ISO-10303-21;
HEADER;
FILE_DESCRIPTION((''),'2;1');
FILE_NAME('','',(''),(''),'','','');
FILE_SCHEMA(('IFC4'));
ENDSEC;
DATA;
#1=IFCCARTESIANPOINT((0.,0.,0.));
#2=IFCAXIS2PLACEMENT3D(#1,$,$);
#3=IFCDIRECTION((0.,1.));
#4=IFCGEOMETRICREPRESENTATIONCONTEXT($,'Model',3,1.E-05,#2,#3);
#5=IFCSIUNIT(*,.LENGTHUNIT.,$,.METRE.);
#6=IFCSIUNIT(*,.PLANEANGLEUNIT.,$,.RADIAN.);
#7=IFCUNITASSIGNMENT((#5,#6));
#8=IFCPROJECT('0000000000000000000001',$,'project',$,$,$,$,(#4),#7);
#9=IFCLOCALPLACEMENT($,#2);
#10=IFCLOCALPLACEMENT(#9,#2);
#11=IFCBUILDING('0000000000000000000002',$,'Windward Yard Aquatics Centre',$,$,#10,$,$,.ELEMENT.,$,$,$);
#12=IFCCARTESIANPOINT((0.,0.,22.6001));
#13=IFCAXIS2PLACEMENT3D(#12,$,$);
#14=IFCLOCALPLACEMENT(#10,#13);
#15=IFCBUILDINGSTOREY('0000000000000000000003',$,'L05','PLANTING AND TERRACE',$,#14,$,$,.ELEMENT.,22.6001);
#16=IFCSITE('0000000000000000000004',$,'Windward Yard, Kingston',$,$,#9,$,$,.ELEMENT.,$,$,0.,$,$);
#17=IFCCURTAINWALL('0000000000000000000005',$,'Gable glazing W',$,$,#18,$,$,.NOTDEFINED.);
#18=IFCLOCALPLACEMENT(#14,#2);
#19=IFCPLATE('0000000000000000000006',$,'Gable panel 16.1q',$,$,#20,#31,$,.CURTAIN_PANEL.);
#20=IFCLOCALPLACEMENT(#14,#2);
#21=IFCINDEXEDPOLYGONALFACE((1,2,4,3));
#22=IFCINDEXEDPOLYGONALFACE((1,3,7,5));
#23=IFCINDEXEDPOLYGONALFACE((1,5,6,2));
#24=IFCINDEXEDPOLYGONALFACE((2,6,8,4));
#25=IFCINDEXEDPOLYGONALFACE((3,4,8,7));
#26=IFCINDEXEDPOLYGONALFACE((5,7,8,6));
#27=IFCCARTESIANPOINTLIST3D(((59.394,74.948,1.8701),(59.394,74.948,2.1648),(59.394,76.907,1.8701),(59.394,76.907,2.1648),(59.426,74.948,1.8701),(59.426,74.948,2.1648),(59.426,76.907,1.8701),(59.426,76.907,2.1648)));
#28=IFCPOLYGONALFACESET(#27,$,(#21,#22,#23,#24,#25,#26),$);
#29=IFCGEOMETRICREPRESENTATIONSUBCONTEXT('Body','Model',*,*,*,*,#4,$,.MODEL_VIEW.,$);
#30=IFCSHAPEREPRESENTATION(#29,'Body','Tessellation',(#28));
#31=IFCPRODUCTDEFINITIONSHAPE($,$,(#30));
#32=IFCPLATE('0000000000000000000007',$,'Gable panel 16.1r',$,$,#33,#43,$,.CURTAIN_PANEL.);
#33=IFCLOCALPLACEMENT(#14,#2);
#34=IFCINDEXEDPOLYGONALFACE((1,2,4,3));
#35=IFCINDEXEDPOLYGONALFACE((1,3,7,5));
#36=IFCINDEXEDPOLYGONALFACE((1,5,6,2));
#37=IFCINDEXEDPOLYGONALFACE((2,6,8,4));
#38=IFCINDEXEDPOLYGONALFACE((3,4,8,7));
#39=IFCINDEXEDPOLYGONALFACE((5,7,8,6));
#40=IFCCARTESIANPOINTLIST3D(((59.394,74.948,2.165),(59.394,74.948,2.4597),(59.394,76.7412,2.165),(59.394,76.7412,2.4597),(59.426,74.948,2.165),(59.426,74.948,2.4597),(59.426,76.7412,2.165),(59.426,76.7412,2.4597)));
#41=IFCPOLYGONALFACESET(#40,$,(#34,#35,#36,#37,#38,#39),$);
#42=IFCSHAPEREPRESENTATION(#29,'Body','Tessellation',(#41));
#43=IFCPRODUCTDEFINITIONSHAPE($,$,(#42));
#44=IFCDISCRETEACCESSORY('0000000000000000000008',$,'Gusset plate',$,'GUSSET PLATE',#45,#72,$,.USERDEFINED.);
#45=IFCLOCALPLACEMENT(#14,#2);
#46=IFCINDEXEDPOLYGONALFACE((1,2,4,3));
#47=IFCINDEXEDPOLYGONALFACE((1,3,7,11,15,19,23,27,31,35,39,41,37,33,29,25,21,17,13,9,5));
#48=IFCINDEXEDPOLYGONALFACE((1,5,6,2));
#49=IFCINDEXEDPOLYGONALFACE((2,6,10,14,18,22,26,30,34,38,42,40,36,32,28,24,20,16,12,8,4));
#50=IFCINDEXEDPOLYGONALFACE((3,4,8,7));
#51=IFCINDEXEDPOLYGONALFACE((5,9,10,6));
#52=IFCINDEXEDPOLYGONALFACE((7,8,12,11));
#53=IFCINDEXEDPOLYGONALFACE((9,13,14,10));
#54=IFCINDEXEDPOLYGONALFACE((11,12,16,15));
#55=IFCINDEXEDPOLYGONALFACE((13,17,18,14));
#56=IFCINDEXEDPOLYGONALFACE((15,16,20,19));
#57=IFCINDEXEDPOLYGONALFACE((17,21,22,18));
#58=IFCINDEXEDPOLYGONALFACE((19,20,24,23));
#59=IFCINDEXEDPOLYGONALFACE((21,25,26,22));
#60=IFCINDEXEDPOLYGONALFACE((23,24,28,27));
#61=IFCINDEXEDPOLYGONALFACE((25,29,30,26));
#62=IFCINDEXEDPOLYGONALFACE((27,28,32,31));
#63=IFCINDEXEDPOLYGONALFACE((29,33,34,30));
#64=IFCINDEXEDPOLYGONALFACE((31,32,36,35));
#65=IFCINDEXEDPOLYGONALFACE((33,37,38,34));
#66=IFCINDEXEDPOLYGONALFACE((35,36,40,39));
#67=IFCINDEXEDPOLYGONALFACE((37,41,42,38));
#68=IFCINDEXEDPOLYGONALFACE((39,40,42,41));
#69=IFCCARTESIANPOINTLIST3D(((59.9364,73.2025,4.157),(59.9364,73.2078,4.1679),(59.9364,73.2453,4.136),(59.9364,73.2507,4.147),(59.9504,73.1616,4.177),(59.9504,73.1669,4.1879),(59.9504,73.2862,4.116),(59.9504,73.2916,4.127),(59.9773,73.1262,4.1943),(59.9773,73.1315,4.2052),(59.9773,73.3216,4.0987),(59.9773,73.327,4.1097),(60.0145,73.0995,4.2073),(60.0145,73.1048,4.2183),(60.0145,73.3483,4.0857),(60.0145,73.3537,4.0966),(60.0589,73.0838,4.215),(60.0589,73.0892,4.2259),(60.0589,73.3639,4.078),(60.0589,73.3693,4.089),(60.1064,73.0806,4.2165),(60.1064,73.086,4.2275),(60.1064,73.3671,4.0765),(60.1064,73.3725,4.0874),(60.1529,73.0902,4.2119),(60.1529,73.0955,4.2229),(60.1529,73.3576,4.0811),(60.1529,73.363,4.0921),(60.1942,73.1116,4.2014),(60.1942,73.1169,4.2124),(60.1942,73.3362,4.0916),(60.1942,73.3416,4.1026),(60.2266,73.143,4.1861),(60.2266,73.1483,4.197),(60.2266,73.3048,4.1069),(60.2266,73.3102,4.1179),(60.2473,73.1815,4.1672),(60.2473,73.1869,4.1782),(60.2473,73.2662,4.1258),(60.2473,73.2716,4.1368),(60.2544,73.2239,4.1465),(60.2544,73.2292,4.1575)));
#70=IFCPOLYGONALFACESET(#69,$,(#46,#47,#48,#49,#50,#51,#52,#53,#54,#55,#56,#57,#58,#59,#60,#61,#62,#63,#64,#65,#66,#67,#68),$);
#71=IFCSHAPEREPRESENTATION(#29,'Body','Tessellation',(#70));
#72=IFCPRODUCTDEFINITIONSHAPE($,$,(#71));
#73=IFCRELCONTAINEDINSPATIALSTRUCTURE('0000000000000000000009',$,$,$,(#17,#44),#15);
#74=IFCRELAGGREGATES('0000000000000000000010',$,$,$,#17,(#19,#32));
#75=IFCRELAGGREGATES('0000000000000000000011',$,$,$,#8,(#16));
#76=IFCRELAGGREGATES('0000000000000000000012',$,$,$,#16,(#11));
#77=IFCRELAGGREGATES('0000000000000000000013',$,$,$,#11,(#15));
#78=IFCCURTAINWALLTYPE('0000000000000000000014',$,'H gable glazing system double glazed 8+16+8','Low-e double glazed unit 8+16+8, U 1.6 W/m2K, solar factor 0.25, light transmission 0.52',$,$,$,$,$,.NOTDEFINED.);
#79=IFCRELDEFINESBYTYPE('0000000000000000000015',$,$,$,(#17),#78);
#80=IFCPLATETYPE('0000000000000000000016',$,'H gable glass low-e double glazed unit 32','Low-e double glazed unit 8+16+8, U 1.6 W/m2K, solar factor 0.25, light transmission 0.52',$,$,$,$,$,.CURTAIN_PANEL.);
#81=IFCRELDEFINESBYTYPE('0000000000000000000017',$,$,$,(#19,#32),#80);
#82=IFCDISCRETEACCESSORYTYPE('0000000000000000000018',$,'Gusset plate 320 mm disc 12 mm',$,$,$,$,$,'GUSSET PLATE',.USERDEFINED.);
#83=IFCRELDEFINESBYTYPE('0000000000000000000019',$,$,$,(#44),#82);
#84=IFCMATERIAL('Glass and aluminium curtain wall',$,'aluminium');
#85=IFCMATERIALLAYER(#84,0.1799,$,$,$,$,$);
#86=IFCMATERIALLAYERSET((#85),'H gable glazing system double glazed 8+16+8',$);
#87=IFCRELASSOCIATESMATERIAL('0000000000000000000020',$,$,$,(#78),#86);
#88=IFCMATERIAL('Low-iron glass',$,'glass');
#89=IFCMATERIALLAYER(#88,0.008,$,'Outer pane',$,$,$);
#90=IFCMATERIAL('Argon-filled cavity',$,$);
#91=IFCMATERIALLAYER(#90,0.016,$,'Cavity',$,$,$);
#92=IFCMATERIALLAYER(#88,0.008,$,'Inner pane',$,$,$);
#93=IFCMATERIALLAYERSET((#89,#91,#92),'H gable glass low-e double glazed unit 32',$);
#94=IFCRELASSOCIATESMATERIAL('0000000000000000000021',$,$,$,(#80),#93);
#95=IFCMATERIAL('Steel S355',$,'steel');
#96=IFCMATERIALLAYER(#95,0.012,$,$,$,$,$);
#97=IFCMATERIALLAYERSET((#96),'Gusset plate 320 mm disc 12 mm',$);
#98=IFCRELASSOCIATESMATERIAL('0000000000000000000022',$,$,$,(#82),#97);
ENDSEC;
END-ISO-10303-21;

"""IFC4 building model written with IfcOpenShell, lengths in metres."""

from ifc_helpers import new_model, si_unit, direction, frame, origin, origin_2d, place, context, subcontext, project, spatial, polyline, circle, outline, extrude, material, layer, layer_set, type_object, element, aggregate, save


model = new_model("IFC4")

# Units and contexts
model_context = context("Model", 3, precision=1e-05, world=origin(), true_north=direction((0.0, 1.0)))
body_context = subcontext(model_context, "Body", "Model", "MODEL_VIEW")
ifc_project = project(units=[si_unit("LENGTHUNIT", "METRE"), si_unit("PLANEANGLEUNIT", "RADIAN")], contexts=[model_context])

# Site, building, storey
site_placement = place(None, origin())
site = spatial("IfcSite", under=ifc_project, at=site_placement, Name="Windward Yard, Kingston", CompositionType="ELEMENT", RefElevation=0.0)
building_placement = place(site_placement, origin())
building = spatial("IfcBuilding", under=site, at=building_placement, Name="Windward Yard Aquatics Centre", CompositionType="ELEMENT")
storey_placement = place(building_placement, frame((0.0, 0.0, 22.6001)))
storey = spatial("IfcBuildingStorey", under=building, at=storey_placement, Name="L05", Description="PLANTING AND TERRACE", CompositionType="ELEMENT", Elevation=22.6001)

# Curtain wall, plates
ifc_material_1 = material(Name="Glass and aluminium curtain wall", Category="aluminium")
ifc_layer_1 = layer(ifc_material_1, 0.1799)
ifc_layer_set_1 = layer_set([ifc_layer_1], Name="H gable glazing system double glazed 8+16+8")
curtain_wall_type = type_object("IfcCurtainWallType", Name="H gable glazing system double glazed 8+16+8", Description="Low-e double glazed unit 8+16+8, U 1.6 W/m2K, solar factor 0.25, light transmission 0.52", PredefinedType="NOTDEFINED", material=ifc_layer_set_1)
curtain_wall_placement = place(storey_placement, origin())
curtain_wall = element("IfcCurtainWall", 1, at=curtain_wall_placement, inside=storey, type_object=curtain_wall_type, Name="Gable glazing W", PredefinedType="NOTDEFINED")
ifc_material_2 = material(Name="Low-iron glass", Category="glass")
ifc_layer_2 = layer(ifc_material_2, 0.008, Name="Outer pane")
ifc_material_3 = material(Name="Argon-filled cavity")
ifc_layer_3 = layer(ifc_material_3, 0.016, Name="Cavity")
ifc_layer_4 = layer(ifc_material_2, 0.008, Name="Inner pane")
ifc_layer_set_2 = layer_set([ifc_layer_2, ifc_layer_3, ifc_layer_4], Name="H gable glass low-e double glazed unit 32")
plate_type = type_object("IfcPlateType", Name="H gable glass low-e double glazed unit 32", Description="Low-e double glazed unit 8+16+8, U 1.6 W/m2K, solar factor 0.25, light transmission 0.52", PredefinedType="CURTAIN_PANEL", material=ifc_layer_set_2)
plate_1_placement = place(storey_placement, frame((59.426, 74.948, 1.8701), z_axis=(1.0, 0.0, 0.0), x_axis=(0.0, 1.0, 0.0)))
plate_1 = element("IfcPlate", 2, at=plate_1_placement, type_object=plate_type, Name="Gable panel 16.1q", PredefinedType="CURTAIN_PANEL", context=body_context, shape_type="SweptSolid", body=[
    extrude(outline(polyline([(0.0, 0.0), (1.959, 0.0), (1.959, 0.2947), (0.0, 0.2947), (0.0, 0.0)])), origin(), (0.0, 0.0, -1.0), 0.032),
])
plate_2_placement = place(storey_placement, frame((59.426, 74.948, 2.165), z_axis=(1.0, 0.0, 0.0), x_axis=(0.0, 1.0, 0.0)))
plate_2 = element("IfcPlate", 3, at=plate_2_placement, type_object=plate_type, Name="Gable panel 16.1r", PredefinedType="CURTAIN_PANEL", context=body_context, shape_type="SweptSolid", body=[
    extrude(outline(polyline([(0.0, 0.0), (1.7932, 0.0), (1.7932, 0.2947), (0.0, 0.2947), (0.0, 0.0)])), origin(), (0.0, 0.0, -1.0), 0.032),
])
aggregate(curtain_wall, [plate_1, plate_2])

# Discrete accessory
ifc_material_4 = material(Name="Steel S355", Category="steel")
ifc_layer_5 = layer(ifc_material_4, 0.012)
ifc_layer_set_3 = layer_set([ifc_layer_5], Name="Gusset plate 320 mm disc 12 mm")
discrete_accessory_type = type_object("IfcDiscreteAccessoryType", Name="Gusset plate 320 mm disc 12 mm", ElementType="GUSSET PLATE", PredefinedType="USERDEFINED", material=ifc_layer_set_3)
discrete_accessory_placement = place(storey_placement, frame((60.0945, 73.2292, 4.1575), z_axis=(0.0, -0.43921, -0.898384), x_axis=(1.0, 0.0, 0.0)))
element("IfcDiscreteAccessory", 4, at=discrete_accessory_placement, inside=storey, type_object=discrete_accessory_type, Name="Gusset plate", ObjectType="GUSSET PLATE", PredefinedType="USERDEFINED", context=body_context, shape_type="SweptSolid", body=[
    extrude(circle(Radius=0.1599, at=origin_2d()), origin(), (0.0, 0.0, 1.0), 0.0122),
])

save(model, "model.ifc")
